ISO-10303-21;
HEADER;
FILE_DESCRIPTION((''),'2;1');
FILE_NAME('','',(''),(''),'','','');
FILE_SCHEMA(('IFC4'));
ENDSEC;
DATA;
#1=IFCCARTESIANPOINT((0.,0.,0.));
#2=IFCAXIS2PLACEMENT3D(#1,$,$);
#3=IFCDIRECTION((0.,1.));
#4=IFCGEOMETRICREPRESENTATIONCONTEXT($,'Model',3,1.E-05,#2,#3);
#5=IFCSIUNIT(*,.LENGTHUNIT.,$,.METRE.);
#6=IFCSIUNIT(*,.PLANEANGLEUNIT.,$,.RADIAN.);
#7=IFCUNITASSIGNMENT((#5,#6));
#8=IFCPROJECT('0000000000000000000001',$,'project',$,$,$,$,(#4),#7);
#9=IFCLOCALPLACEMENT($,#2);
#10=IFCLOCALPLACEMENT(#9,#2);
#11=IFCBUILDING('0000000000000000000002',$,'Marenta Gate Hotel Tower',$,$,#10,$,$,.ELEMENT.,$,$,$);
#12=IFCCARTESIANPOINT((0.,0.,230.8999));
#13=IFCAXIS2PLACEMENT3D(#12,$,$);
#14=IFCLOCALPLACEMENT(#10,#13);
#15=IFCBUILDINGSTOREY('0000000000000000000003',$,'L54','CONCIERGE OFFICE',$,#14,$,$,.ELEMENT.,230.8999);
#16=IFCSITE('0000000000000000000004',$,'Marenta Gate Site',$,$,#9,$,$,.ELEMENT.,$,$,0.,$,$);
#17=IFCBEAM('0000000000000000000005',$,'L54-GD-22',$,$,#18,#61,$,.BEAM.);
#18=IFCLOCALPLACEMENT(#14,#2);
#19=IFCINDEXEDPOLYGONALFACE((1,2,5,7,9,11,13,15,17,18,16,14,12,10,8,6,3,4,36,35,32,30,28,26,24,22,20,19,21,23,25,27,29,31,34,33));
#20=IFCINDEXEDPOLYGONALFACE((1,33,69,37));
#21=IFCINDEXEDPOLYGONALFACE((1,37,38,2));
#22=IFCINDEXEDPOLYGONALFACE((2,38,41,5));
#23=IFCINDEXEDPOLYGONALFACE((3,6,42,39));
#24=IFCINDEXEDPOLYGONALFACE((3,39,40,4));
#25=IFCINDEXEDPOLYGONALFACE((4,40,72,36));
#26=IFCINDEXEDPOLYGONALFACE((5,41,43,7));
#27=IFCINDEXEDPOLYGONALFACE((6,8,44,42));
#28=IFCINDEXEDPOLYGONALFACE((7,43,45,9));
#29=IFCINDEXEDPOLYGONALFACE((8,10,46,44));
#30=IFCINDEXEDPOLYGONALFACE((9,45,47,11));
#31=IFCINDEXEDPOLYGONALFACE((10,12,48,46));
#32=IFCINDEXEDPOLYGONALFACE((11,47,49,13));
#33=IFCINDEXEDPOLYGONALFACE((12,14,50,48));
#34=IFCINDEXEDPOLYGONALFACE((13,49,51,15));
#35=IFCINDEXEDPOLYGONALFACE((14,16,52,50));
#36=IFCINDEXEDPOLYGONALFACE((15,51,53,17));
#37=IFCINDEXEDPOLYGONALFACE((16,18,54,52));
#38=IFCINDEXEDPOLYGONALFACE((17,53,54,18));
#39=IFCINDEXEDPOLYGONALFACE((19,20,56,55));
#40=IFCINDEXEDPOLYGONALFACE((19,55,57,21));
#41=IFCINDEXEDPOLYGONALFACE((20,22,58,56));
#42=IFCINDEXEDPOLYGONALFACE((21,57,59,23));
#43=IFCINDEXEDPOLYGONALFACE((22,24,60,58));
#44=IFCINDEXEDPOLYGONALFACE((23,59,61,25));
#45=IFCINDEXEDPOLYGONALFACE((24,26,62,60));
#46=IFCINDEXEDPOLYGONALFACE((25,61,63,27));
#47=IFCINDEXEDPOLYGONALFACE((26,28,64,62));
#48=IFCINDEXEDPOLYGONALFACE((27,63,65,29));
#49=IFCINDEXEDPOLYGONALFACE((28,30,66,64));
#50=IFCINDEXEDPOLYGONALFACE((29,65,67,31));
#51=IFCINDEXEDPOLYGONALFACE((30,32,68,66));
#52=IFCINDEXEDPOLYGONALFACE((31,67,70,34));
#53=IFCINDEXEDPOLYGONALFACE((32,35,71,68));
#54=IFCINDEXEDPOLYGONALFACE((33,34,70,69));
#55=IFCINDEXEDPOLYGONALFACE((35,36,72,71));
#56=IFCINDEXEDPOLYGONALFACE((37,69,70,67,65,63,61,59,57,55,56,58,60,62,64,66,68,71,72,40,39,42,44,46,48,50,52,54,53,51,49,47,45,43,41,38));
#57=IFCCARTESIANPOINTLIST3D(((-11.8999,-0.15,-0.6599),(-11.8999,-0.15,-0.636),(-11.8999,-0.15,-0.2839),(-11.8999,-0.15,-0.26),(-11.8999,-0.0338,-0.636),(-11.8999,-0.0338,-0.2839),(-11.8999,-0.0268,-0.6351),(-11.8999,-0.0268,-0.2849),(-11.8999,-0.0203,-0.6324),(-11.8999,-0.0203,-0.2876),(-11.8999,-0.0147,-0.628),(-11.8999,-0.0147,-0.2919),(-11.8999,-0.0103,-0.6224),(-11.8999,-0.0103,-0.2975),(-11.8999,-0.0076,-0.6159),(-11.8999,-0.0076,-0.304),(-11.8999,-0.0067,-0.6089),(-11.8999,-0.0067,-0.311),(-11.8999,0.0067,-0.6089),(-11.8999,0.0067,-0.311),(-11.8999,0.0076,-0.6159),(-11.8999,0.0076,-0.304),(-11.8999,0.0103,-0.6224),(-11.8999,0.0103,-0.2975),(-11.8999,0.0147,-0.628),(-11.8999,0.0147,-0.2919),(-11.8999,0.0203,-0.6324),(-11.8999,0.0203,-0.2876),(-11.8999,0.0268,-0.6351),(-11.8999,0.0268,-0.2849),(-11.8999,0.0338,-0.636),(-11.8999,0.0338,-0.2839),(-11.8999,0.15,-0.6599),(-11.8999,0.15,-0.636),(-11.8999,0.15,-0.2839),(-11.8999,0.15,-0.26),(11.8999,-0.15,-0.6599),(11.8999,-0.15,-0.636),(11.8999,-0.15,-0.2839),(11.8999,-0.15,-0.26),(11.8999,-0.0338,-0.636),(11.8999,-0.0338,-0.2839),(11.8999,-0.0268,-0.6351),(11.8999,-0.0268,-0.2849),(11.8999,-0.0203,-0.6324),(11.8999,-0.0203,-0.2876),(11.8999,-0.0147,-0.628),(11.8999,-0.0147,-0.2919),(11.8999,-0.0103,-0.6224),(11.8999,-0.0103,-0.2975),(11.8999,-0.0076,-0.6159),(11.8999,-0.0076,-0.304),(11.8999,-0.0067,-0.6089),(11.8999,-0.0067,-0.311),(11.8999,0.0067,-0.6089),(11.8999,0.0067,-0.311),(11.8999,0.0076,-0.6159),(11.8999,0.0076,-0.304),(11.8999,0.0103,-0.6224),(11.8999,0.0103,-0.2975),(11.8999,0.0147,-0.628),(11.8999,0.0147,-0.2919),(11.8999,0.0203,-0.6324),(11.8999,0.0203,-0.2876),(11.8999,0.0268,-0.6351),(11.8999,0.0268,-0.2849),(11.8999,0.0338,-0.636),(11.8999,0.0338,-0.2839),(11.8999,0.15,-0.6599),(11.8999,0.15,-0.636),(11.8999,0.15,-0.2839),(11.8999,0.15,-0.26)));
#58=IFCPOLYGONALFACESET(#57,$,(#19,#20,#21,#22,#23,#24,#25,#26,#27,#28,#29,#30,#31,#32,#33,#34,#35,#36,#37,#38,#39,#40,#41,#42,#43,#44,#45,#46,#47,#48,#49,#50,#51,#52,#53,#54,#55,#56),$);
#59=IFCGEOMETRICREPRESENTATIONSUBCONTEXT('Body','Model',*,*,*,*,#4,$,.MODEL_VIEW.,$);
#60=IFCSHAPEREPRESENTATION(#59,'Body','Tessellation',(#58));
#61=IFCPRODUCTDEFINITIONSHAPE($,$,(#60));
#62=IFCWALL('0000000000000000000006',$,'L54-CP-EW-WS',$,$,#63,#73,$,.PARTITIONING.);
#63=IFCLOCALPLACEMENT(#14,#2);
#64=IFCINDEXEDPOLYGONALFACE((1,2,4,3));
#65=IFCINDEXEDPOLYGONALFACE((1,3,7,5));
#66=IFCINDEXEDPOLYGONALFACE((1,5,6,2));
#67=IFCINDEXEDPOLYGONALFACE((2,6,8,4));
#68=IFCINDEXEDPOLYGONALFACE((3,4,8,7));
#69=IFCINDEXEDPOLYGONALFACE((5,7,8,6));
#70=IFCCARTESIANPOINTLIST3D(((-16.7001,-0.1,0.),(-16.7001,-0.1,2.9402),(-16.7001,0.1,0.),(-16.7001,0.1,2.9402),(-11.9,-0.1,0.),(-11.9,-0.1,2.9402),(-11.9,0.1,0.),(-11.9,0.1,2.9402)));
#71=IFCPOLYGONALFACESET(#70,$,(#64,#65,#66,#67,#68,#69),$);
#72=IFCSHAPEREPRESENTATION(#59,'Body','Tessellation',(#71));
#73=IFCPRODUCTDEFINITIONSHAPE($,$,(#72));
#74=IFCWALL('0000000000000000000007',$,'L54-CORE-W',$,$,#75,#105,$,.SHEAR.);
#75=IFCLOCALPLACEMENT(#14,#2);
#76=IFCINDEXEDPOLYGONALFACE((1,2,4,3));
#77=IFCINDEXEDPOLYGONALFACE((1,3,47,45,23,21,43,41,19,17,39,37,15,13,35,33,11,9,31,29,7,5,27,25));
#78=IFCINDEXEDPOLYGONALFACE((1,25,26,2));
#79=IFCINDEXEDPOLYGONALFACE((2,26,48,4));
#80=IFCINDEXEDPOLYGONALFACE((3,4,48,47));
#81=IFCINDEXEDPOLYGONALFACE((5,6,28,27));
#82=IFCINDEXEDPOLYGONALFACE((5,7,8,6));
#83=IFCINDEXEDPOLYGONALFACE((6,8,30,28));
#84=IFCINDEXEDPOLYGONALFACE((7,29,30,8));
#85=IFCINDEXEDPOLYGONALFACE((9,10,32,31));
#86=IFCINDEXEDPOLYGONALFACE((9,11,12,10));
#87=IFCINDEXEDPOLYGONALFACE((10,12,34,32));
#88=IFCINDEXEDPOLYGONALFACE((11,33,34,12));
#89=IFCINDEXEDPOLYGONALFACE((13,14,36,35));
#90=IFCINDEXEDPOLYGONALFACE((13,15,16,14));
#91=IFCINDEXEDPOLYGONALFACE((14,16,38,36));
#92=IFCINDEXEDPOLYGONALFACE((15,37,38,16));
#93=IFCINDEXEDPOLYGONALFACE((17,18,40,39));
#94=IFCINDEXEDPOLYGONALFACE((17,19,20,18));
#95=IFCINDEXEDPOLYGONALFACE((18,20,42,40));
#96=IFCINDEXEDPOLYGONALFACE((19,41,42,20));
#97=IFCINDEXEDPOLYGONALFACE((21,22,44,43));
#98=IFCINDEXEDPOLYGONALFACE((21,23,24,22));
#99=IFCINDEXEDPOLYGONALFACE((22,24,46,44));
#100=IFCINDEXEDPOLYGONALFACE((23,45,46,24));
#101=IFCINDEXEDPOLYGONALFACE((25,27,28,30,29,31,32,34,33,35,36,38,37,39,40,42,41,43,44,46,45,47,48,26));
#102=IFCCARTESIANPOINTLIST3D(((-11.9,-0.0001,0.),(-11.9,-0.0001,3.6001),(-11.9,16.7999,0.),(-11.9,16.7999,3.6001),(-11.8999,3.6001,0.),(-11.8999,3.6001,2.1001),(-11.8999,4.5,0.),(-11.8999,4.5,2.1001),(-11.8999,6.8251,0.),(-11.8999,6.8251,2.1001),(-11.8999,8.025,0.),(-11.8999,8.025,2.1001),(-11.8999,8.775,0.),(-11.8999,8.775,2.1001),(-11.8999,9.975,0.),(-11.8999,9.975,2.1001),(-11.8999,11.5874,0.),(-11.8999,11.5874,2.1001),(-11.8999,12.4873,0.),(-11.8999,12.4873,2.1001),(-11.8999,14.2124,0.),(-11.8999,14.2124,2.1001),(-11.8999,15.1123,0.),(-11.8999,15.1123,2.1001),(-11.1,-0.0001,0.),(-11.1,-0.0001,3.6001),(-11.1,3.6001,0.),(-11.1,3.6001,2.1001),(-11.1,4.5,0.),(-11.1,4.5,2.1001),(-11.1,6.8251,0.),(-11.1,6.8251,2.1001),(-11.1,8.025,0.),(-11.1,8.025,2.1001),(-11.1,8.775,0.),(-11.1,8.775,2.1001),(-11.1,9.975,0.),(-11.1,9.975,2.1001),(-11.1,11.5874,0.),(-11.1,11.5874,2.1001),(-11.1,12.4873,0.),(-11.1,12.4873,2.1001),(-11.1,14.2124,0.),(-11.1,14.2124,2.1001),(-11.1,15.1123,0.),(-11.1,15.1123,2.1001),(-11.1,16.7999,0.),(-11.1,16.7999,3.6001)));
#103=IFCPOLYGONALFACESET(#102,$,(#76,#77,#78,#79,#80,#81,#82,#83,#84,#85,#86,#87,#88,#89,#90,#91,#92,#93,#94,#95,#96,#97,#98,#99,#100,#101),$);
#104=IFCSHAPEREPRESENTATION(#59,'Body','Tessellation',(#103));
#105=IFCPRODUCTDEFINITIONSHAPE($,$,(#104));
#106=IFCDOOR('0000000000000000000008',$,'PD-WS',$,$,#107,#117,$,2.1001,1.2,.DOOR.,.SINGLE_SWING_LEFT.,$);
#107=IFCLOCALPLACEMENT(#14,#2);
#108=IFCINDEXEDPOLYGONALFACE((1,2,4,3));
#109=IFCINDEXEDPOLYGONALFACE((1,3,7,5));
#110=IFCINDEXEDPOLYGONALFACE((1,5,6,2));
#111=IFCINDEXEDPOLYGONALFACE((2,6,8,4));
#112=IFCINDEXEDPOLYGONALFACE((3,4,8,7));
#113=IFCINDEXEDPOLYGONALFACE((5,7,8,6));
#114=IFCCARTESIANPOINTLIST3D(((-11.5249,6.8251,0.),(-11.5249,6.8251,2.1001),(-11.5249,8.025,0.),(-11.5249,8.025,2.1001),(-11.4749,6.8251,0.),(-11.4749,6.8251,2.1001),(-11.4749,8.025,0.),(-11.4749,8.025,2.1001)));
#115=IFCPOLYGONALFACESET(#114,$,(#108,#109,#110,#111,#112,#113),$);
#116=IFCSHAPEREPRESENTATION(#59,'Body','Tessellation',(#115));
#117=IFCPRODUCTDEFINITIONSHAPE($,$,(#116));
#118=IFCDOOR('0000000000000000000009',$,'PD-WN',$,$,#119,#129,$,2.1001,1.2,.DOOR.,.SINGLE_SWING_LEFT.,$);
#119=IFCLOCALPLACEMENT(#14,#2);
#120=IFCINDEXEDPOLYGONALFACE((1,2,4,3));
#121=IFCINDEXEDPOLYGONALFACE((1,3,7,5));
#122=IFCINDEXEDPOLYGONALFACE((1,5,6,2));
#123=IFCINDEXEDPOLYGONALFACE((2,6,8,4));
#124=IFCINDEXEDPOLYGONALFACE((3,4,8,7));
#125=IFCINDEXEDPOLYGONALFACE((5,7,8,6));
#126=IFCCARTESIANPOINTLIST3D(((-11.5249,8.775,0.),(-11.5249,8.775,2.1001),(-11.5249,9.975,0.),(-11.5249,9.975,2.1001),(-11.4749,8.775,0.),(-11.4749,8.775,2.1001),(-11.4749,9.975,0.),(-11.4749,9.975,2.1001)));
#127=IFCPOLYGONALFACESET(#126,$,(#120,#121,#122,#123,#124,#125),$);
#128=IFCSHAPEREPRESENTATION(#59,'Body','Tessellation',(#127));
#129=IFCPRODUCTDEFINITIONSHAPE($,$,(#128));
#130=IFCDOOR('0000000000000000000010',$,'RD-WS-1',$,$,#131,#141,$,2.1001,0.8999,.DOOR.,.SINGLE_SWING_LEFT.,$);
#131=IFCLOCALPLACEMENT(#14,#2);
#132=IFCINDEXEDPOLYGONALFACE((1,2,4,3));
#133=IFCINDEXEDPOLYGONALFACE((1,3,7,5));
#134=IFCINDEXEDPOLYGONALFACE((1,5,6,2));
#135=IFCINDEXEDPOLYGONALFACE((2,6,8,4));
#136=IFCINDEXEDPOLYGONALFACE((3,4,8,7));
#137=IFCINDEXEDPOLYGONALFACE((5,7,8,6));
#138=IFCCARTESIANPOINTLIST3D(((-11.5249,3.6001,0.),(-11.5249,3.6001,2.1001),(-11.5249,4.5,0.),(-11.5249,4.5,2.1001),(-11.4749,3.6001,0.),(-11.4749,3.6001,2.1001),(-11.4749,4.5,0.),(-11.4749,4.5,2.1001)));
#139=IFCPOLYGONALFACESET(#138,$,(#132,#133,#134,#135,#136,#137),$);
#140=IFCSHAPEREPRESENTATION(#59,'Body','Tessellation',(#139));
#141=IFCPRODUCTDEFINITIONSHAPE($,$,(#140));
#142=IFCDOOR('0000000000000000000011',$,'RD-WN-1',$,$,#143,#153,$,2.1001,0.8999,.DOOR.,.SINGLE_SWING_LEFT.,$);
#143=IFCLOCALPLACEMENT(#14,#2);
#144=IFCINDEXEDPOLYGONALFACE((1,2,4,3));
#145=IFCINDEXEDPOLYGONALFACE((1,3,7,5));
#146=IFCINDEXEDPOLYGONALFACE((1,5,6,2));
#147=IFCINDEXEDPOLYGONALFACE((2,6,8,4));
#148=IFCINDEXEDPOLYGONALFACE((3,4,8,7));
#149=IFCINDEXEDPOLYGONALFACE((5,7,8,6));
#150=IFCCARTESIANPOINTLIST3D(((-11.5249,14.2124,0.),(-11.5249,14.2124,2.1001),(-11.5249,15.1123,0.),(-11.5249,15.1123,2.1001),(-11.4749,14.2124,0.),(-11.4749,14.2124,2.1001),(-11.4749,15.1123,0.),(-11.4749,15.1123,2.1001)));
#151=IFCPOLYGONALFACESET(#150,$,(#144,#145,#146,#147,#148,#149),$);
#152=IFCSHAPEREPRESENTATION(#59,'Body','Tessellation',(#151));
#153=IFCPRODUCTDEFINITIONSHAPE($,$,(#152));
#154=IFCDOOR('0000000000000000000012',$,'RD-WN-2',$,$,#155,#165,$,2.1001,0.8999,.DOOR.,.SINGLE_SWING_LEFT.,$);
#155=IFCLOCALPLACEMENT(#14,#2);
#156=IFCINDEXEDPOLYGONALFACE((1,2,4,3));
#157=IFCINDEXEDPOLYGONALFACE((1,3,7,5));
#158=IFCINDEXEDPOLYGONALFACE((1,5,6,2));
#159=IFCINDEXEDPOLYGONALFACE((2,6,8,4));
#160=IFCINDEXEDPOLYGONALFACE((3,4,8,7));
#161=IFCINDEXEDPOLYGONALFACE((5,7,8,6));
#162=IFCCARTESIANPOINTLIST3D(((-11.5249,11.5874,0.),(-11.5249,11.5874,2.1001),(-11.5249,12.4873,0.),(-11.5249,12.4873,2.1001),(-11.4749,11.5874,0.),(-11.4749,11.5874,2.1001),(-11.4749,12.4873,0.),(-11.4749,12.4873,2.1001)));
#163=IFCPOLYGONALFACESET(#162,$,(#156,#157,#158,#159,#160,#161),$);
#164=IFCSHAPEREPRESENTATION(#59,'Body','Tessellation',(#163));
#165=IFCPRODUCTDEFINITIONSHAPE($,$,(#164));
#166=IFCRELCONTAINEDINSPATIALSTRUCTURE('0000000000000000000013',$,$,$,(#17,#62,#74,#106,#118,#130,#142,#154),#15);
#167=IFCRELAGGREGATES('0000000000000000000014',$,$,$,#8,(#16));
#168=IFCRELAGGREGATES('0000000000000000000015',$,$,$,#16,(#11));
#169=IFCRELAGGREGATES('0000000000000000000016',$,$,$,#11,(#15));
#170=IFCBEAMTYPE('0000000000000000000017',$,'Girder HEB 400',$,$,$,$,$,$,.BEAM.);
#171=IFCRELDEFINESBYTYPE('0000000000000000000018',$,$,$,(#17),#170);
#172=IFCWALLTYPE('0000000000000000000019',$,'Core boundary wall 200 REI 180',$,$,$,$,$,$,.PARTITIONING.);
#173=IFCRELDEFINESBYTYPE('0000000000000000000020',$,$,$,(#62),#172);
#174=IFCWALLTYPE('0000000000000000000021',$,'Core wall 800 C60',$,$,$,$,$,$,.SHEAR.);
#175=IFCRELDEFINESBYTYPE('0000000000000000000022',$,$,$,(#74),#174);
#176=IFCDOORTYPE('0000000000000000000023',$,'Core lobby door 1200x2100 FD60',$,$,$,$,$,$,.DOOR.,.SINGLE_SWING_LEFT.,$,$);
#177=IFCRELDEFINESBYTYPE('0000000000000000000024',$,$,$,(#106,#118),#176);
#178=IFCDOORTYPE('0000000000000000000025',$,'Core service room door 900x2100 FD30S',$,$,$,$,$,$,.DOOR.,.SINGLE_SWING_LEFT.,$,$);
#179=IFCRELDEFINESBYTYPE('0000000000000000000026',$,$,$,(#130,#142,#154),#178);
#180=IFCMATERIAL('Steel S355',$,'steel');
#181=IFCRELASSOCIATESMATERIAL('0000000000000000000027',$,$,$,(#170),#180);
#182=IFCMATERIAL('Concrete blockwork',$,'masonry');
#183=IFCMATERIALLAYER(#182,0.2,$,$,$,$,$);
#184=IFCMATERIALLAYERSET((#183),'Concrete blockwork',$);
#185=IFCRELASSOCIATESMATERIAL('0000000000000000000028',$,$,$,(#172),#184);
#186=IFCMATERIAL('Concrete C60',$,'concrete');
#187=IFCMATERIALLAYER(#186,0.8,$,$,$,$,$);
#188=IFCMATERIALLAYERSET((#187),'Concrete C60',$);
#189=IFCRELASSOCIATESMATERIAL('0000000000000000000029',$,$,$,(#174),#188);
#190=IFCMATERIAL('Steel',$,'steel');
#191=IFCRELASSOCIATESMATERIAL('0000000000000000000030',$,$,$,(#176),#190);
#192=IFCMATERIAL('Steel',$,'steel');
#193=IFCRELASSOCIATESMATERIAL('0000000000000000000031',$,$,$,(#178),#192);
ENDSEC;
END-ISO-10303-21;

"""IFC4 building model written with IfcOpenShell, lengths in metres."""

from ifc_helpers import new_model, si_unit, direction, frame, frame_2d, origin, origin_2d, place, context, subcontext, project, spatial, rectangle, i_section, extrude, material, layer, layer_set, material_profile, profile_set, type_object, element, fill, save


model = new_model("IFC4")

# Units and contexts
model_context = context("Model", 3, precision=1e-05, world=origin(), true_north=direction((0.0, 1.0)))
body_context = subcontext(model_context, "Body", "Model", "MODEL_VIEW")
ifc_project = project(units=[si_unit("LENGTHUNIT", "METRE"), si_unit("PLANEANGLEUNIT", "RADIAN")], contexts=[model_context])

# Site, building, storey
site_placement = place(None, origin())
site = spatial("IfcSite", under=ifc_project, at=site_placement, Name="Marenta Gate Site", CompositionType="ELEMENT", RefElevation=0.0)
building_placement = place(site_placement, origin())
building = spatial("IfcBuilding", under=site, at=building_placement, Name="Marenta Gate Hotel Tower", CompositionType="ELEMENT")
storey_placement = place(building_placement, frame((0.0, 0.0, 230.8999)))
storey = spatial("IfcBuildingStorey", under=building, at=storey_placement, Name="L54", Description="CONCIERGE OFFICE", CompositionType="ELEMENT", Elevation=230.8999)

# Beam
ifc_material_1 = material(Name="Steel S355", Category="steel")
ifc_material_profile = material_profile(ifc_material_1, i_section(OverallWidth=0.3, OverallDepth=0.3999, WebThickness=0.0134, FlangeThickness=0.0239, FilletRadius=0.0271, at=origin_2d()), Name="HEB 400")
ifc_profile_set = profile_set([ifc_material_profile], Name="Steel S355")
beam_type = type_object("IfcBeamType", Name="Girder HEB 400", PredefinedType="BEAM", material=ifc_profile_set)
beam_placement = place(storey_placement, frame((-11.8999, 0.0, -0.46), z_axis=(1.0, 0.0, 0.0), x_axis=(0.0, 1.0, 0.0)))
element("IfcBeam", 1, at=beam_placement, inside=storey, type_object=beam_type, Name="L54-GD-22", PredefinedType="BEAM", context=body_context, shape_type="SweptSolid", body=[
    extrude(i_section(OverallWidth=0.3, OverallDepth=0.3999, WebThickness=0.0134, FlangeThickness=0.0239, FilletRadius=0.0271, at=origin_2d()), origin(), (0.0, 0.0, 1.0), 23.7998),
])

# Shared definitions
ifc_material_2 = material(Name="Concrete blockwork", Category="masonry")
ifc_layer_1 = layer(ifc_material_2, 0.2)
ifc_layer_set_1 = layer_set([ifc_layer_1], Name="Concrete blockwork")
wall_type_1 = type_object("IfcWallType", Name="Core boundary wall 200 REI 180", PredefinedType="PARTITIONING", material=ifc_layer_set_1)

# Wall
wall_1_placement = place(storey_placement, frame((-16.7, 0.0, 0.0), z_axis=(0.0, 0.0, 1.0), x_axis=(1.0, 0.0, 0.0)))
element("IfcWall", 2, at=wall_1_placement, inside=storey, type_object=wall_type_1, Name="L54-CP-EW-WS", PredefinedType="PARTITIONING", context=body_context, shape_type="SweptSolid", body=[
    extrude(rectangle(XDim=4.8, YDim=0.2, at=frame_2d((2.3999, 0.0))), origin(), (0.0, 0.0, 1.0), 2.9402),
])

# Wall, openings, doors
ifc_material_3 = material(Name="Concrete C60", Category="concrete")
ifc_layer_2 = layer(ifc_material_3, 0.8)
ifc_layer_set_2 = layer_set([ifc_layer_2], Name="Concrete C60")
wall_type_2 = type_object("IfcWallType", Name="Core wall 800 C60", PredefinedType="SHEAR", material=ifc_layer_set_2)
wall_2_placement = place(storey_placement, frame((-11.5, 0.0, 0.0), z_axis=(0.0, 0.0, 1.0), x_axis=(0.0, 1.0, 0.0)))
wall_2 = element("IfcWall", 3, at=wall_2_placement, inside=storey, type_object=wall_type_2, Name="L54-CORE-W", PredefinedType="SHEAR", context=body_context, shape_type="SweptSolid", body=[
    extrude(rectangle(XDim=16.8, YDim=0.8, at=frame_2d((8.3999, 0.0))), origin(), (0.0, 0.0, 1.0), 3.6001),
])
opening_1_placement = place(wall_2_placement, frame((3.6001, 0.0, 0.0)))
opening_1 = element("IfcOpeningElement", 4, at=opening_1_placement, cuts=wall_2, PredefinedType="OPENING", context=body_context, shape_type="SweptSolid", body=[
    extrude(rectangle(XDim=0.8999, YDim=2.1001, at=frame_2d((0.45, 1.05))), frame((0.0, 0.3999, 0.0), z_axis=(0.0, -1.0, 0.0), x_axis=(1.0, 0.0, 0.0)), (0.0, 0.0, 1.0), 0.8),
])
opening_2_placement = place(wall_2_placement, frame((6.825, 0.0, 0.0)))
opening_2 = element("IfcOpeningElement", 5, at=opening_2_placement, cuts=wall_2, PredefinedType="OPENING", context=body_context, shape_type="SweptSolid", body=[
    extrude(rectangle(XDim=1.2, YDim=2.1001, at=frame_2d((0.6001, 1.05))), frame((0.0, 0.3999, 0.0), z_axis=(0.0, -1.0, 0.0), x_axis=(1.0, 0.0, 0.0)), (0.0, 0.0, 1.0), 0.8),
])
opening_3_placement = place(wall_2_placement, frame((14.2124, 0.0, 0.0)))
opening_3 = element("IfcOpeningElement", 6, at=opening_3_placement, cuts=wall_2, PredefinedType="OPENING", context=body_context, shape_type="SweptSolid", body=[
    extrude(rectangle(XDim=0.8999, YDim=2.1001, at=frame_2d((0.45, 1.05))), frame((0.0, 0.3999, 0.0), z_axis=(0.0, -1.0, 0.0), x_axis=(1.0, 0.0, 0.0)), (0.0, 0.0, 1.0), 0.8),
])
opening_4_placement = place(wall_2_placement, frame((11.5874, 0.0, 0.0)))
opening_4 = element("IfcOpeningElement", 7, at=opening_4_placement, cuts=wall_2, PredefinedType="OPENING", context=body_context, shape_type="SweptSolid", body=[
    extrude(rectangle(XDim=0.8999, YDim=2.1001, at=frame_2d((0.45, 1.05))), frame((0.0, 0.3999, 0.0), z_axis=(0.0, -1.0, 0.0), x_axis=(1.0, 0.0, 0.0)), (0.0, 0.0, 1.0), 0.8),
])
opening_5_placement = place(wall_2_placement, frame((8.7749, 0.0, 0.0)))
opening_5 = element("IfcOpeningElement", 8, at=opening_5_placement, cuts=wall_2, PredefinedType="OPENING", context=body_context, shape_type="SweptSolid", body=[
    extrude(rectangle(XDim=1.2, YDim=2.1001, at=frame_2d((0.6001, 1.05))), frame((0.0, 0.3999, 0.0), z_axis=(0.0, -1.0, 0.0), x_axis=(1.0, 0.0, 0.0)), (0.0, 0.0, 1.0), 0.8),
])
ifc_material_4 = material(Name="Steel", Category="steel")
door_type_1 = type_object("IfcDoorType", Name="Core lobby door 1200x2100 FD60", OperationType="SINGLE_SWING_LEFT", PredefinedType="DOOR", material=ifc_material_4)
door_1_placement = place(opening_2_placement, origin())
door_1 = element("IfcDoor", 9, at=door_1_placement, inside=storey, type_object=door_type_1, Name="PD-WS", OperationType="SINGLE_SWING_LEFT", OverallHeight=2.1001, OverallWidth=1.2, PredefinedType="DOOR", context=body_context, shape_type="SweptSolid", body=[
    extrude(rectangle(XDim=1.2, YDim=2.1001, at=frame_2d((0.6001, 1.05))), frame((0.0, 0.0249, 0.0), z_axis=(0.0, -1.0, 0.0), x_axis=(1.0, 0.0, 0.0)), (0.0, 0.0, 1.0), 0.05),
])
fill(opening_2, door_1)
door_2_placement = place(opening_5_placement, origin())
door_2 = element("IfcDoor", 10, at=door_2_placement, inside=storey, type_object=door_type_1, Name="PD-WN", OperationType="SINGLE_SWING_LEFT", OverallHeight=2.1001, OverallWidth=1.2, PredefinedType="DOOR", context=body_context, shape_type="SweptSolid", body=[
    extrude(rectangle(XDim=1.2, YDim=2.1001, at=frame_2d((0.6001, 1.05))), frame((0.0, 0.0249, 0.0), z_axis=(0.0, -1.0, 0.0), x_axis=(1.0, 0.0, 0.0)), (0.0, 0.0, 1.0), 0.05),
])
fill(opening_5, door_2)
ifc_material_5 = material(Name="Steel", Category="steel")
door_type_2 = type_object("IfcDoorType", Name="Core service room door 900x2100 FD30S", OperationType="SINGLE_SWING_LEFT", PredefinedType="DOOR", material=ifc_material_5)
door_3_placement = place(opening_1_placement, origin())
door_3 = element("IfcDoor", 11, at=door_3_placement, inside=storey, type_object=door_type_2, Name="RD-WS-1", OperationType="SINGLE_SWING_LEFT", OverallHeight=2.1001, OverallWidth=0.8999, PredefinedType="DOOR", context=body_context, shape_type="SweptSolid", body=[
    extrude(rectangle(XDim=0.8999, YDim=2.1001, at=frame_2d((0.45, 1.05))), frame((0.0, 0.0249, 0.0), z_axis=(0.0, -1.0, 0.0), x_axis=(1.0, 0.0, 0.0)), (0.0, 0.0, 1.0), 0.05),
])
fill(opening_1, door_3)
door_4_placement = place(opening_3_placement, origin())
door_4 = element("IfcDoor", 12, at=door_4_placement, inside=storey, type_object=door_type_2, Name="RD-WN-1", OperationType="SINGLE_SWING_LEFT", OverallHeight=2.1001, OverallWidth=0.8999, PredefinedType="DOOR", context=body_context, shape_type="SweptSolid", body=[
    extrude(rectangle(XDim=0.8999, YDim=2.1001, at=frame_2d((0.45, 1.05))), frame((0.0, 0.0249, 0.0), z_axis=(0.0, -1.0, 0.0), x_axis=(1.0, 0.0, 0.0)), (0.0, 0.0, 1.0), 0.05),
])
fill(opening_3, door_4)
door_5_placement = place(opening_4_placement, origin())
door_5 = element("IfcDoor", 13, at=door_5_placement, inside=storey, type_object=door_type_2, Name="RD-WN-2", OperationType="SINGLE_SWING_LEFT", OverallHeight=2.1001, OverallWidth=0.8999, PredefinedType="DOOR", context=body_context, shape_type="SweptSolid", body=[
    extrude(rectangle(XDim=0.8999, YDim=2.1001, at=frame_2d((0.45, 1.05))), frame((0.0, 0.0249, 0.0), z_axis=(0.0, -1.0, 0.0), x_axis=(1.0, 0.0, 0.0)), (0.0, 0.0, 1.0), 0.05),
])
fill(opening_4, door_5)

save(model, "model.ifc")
